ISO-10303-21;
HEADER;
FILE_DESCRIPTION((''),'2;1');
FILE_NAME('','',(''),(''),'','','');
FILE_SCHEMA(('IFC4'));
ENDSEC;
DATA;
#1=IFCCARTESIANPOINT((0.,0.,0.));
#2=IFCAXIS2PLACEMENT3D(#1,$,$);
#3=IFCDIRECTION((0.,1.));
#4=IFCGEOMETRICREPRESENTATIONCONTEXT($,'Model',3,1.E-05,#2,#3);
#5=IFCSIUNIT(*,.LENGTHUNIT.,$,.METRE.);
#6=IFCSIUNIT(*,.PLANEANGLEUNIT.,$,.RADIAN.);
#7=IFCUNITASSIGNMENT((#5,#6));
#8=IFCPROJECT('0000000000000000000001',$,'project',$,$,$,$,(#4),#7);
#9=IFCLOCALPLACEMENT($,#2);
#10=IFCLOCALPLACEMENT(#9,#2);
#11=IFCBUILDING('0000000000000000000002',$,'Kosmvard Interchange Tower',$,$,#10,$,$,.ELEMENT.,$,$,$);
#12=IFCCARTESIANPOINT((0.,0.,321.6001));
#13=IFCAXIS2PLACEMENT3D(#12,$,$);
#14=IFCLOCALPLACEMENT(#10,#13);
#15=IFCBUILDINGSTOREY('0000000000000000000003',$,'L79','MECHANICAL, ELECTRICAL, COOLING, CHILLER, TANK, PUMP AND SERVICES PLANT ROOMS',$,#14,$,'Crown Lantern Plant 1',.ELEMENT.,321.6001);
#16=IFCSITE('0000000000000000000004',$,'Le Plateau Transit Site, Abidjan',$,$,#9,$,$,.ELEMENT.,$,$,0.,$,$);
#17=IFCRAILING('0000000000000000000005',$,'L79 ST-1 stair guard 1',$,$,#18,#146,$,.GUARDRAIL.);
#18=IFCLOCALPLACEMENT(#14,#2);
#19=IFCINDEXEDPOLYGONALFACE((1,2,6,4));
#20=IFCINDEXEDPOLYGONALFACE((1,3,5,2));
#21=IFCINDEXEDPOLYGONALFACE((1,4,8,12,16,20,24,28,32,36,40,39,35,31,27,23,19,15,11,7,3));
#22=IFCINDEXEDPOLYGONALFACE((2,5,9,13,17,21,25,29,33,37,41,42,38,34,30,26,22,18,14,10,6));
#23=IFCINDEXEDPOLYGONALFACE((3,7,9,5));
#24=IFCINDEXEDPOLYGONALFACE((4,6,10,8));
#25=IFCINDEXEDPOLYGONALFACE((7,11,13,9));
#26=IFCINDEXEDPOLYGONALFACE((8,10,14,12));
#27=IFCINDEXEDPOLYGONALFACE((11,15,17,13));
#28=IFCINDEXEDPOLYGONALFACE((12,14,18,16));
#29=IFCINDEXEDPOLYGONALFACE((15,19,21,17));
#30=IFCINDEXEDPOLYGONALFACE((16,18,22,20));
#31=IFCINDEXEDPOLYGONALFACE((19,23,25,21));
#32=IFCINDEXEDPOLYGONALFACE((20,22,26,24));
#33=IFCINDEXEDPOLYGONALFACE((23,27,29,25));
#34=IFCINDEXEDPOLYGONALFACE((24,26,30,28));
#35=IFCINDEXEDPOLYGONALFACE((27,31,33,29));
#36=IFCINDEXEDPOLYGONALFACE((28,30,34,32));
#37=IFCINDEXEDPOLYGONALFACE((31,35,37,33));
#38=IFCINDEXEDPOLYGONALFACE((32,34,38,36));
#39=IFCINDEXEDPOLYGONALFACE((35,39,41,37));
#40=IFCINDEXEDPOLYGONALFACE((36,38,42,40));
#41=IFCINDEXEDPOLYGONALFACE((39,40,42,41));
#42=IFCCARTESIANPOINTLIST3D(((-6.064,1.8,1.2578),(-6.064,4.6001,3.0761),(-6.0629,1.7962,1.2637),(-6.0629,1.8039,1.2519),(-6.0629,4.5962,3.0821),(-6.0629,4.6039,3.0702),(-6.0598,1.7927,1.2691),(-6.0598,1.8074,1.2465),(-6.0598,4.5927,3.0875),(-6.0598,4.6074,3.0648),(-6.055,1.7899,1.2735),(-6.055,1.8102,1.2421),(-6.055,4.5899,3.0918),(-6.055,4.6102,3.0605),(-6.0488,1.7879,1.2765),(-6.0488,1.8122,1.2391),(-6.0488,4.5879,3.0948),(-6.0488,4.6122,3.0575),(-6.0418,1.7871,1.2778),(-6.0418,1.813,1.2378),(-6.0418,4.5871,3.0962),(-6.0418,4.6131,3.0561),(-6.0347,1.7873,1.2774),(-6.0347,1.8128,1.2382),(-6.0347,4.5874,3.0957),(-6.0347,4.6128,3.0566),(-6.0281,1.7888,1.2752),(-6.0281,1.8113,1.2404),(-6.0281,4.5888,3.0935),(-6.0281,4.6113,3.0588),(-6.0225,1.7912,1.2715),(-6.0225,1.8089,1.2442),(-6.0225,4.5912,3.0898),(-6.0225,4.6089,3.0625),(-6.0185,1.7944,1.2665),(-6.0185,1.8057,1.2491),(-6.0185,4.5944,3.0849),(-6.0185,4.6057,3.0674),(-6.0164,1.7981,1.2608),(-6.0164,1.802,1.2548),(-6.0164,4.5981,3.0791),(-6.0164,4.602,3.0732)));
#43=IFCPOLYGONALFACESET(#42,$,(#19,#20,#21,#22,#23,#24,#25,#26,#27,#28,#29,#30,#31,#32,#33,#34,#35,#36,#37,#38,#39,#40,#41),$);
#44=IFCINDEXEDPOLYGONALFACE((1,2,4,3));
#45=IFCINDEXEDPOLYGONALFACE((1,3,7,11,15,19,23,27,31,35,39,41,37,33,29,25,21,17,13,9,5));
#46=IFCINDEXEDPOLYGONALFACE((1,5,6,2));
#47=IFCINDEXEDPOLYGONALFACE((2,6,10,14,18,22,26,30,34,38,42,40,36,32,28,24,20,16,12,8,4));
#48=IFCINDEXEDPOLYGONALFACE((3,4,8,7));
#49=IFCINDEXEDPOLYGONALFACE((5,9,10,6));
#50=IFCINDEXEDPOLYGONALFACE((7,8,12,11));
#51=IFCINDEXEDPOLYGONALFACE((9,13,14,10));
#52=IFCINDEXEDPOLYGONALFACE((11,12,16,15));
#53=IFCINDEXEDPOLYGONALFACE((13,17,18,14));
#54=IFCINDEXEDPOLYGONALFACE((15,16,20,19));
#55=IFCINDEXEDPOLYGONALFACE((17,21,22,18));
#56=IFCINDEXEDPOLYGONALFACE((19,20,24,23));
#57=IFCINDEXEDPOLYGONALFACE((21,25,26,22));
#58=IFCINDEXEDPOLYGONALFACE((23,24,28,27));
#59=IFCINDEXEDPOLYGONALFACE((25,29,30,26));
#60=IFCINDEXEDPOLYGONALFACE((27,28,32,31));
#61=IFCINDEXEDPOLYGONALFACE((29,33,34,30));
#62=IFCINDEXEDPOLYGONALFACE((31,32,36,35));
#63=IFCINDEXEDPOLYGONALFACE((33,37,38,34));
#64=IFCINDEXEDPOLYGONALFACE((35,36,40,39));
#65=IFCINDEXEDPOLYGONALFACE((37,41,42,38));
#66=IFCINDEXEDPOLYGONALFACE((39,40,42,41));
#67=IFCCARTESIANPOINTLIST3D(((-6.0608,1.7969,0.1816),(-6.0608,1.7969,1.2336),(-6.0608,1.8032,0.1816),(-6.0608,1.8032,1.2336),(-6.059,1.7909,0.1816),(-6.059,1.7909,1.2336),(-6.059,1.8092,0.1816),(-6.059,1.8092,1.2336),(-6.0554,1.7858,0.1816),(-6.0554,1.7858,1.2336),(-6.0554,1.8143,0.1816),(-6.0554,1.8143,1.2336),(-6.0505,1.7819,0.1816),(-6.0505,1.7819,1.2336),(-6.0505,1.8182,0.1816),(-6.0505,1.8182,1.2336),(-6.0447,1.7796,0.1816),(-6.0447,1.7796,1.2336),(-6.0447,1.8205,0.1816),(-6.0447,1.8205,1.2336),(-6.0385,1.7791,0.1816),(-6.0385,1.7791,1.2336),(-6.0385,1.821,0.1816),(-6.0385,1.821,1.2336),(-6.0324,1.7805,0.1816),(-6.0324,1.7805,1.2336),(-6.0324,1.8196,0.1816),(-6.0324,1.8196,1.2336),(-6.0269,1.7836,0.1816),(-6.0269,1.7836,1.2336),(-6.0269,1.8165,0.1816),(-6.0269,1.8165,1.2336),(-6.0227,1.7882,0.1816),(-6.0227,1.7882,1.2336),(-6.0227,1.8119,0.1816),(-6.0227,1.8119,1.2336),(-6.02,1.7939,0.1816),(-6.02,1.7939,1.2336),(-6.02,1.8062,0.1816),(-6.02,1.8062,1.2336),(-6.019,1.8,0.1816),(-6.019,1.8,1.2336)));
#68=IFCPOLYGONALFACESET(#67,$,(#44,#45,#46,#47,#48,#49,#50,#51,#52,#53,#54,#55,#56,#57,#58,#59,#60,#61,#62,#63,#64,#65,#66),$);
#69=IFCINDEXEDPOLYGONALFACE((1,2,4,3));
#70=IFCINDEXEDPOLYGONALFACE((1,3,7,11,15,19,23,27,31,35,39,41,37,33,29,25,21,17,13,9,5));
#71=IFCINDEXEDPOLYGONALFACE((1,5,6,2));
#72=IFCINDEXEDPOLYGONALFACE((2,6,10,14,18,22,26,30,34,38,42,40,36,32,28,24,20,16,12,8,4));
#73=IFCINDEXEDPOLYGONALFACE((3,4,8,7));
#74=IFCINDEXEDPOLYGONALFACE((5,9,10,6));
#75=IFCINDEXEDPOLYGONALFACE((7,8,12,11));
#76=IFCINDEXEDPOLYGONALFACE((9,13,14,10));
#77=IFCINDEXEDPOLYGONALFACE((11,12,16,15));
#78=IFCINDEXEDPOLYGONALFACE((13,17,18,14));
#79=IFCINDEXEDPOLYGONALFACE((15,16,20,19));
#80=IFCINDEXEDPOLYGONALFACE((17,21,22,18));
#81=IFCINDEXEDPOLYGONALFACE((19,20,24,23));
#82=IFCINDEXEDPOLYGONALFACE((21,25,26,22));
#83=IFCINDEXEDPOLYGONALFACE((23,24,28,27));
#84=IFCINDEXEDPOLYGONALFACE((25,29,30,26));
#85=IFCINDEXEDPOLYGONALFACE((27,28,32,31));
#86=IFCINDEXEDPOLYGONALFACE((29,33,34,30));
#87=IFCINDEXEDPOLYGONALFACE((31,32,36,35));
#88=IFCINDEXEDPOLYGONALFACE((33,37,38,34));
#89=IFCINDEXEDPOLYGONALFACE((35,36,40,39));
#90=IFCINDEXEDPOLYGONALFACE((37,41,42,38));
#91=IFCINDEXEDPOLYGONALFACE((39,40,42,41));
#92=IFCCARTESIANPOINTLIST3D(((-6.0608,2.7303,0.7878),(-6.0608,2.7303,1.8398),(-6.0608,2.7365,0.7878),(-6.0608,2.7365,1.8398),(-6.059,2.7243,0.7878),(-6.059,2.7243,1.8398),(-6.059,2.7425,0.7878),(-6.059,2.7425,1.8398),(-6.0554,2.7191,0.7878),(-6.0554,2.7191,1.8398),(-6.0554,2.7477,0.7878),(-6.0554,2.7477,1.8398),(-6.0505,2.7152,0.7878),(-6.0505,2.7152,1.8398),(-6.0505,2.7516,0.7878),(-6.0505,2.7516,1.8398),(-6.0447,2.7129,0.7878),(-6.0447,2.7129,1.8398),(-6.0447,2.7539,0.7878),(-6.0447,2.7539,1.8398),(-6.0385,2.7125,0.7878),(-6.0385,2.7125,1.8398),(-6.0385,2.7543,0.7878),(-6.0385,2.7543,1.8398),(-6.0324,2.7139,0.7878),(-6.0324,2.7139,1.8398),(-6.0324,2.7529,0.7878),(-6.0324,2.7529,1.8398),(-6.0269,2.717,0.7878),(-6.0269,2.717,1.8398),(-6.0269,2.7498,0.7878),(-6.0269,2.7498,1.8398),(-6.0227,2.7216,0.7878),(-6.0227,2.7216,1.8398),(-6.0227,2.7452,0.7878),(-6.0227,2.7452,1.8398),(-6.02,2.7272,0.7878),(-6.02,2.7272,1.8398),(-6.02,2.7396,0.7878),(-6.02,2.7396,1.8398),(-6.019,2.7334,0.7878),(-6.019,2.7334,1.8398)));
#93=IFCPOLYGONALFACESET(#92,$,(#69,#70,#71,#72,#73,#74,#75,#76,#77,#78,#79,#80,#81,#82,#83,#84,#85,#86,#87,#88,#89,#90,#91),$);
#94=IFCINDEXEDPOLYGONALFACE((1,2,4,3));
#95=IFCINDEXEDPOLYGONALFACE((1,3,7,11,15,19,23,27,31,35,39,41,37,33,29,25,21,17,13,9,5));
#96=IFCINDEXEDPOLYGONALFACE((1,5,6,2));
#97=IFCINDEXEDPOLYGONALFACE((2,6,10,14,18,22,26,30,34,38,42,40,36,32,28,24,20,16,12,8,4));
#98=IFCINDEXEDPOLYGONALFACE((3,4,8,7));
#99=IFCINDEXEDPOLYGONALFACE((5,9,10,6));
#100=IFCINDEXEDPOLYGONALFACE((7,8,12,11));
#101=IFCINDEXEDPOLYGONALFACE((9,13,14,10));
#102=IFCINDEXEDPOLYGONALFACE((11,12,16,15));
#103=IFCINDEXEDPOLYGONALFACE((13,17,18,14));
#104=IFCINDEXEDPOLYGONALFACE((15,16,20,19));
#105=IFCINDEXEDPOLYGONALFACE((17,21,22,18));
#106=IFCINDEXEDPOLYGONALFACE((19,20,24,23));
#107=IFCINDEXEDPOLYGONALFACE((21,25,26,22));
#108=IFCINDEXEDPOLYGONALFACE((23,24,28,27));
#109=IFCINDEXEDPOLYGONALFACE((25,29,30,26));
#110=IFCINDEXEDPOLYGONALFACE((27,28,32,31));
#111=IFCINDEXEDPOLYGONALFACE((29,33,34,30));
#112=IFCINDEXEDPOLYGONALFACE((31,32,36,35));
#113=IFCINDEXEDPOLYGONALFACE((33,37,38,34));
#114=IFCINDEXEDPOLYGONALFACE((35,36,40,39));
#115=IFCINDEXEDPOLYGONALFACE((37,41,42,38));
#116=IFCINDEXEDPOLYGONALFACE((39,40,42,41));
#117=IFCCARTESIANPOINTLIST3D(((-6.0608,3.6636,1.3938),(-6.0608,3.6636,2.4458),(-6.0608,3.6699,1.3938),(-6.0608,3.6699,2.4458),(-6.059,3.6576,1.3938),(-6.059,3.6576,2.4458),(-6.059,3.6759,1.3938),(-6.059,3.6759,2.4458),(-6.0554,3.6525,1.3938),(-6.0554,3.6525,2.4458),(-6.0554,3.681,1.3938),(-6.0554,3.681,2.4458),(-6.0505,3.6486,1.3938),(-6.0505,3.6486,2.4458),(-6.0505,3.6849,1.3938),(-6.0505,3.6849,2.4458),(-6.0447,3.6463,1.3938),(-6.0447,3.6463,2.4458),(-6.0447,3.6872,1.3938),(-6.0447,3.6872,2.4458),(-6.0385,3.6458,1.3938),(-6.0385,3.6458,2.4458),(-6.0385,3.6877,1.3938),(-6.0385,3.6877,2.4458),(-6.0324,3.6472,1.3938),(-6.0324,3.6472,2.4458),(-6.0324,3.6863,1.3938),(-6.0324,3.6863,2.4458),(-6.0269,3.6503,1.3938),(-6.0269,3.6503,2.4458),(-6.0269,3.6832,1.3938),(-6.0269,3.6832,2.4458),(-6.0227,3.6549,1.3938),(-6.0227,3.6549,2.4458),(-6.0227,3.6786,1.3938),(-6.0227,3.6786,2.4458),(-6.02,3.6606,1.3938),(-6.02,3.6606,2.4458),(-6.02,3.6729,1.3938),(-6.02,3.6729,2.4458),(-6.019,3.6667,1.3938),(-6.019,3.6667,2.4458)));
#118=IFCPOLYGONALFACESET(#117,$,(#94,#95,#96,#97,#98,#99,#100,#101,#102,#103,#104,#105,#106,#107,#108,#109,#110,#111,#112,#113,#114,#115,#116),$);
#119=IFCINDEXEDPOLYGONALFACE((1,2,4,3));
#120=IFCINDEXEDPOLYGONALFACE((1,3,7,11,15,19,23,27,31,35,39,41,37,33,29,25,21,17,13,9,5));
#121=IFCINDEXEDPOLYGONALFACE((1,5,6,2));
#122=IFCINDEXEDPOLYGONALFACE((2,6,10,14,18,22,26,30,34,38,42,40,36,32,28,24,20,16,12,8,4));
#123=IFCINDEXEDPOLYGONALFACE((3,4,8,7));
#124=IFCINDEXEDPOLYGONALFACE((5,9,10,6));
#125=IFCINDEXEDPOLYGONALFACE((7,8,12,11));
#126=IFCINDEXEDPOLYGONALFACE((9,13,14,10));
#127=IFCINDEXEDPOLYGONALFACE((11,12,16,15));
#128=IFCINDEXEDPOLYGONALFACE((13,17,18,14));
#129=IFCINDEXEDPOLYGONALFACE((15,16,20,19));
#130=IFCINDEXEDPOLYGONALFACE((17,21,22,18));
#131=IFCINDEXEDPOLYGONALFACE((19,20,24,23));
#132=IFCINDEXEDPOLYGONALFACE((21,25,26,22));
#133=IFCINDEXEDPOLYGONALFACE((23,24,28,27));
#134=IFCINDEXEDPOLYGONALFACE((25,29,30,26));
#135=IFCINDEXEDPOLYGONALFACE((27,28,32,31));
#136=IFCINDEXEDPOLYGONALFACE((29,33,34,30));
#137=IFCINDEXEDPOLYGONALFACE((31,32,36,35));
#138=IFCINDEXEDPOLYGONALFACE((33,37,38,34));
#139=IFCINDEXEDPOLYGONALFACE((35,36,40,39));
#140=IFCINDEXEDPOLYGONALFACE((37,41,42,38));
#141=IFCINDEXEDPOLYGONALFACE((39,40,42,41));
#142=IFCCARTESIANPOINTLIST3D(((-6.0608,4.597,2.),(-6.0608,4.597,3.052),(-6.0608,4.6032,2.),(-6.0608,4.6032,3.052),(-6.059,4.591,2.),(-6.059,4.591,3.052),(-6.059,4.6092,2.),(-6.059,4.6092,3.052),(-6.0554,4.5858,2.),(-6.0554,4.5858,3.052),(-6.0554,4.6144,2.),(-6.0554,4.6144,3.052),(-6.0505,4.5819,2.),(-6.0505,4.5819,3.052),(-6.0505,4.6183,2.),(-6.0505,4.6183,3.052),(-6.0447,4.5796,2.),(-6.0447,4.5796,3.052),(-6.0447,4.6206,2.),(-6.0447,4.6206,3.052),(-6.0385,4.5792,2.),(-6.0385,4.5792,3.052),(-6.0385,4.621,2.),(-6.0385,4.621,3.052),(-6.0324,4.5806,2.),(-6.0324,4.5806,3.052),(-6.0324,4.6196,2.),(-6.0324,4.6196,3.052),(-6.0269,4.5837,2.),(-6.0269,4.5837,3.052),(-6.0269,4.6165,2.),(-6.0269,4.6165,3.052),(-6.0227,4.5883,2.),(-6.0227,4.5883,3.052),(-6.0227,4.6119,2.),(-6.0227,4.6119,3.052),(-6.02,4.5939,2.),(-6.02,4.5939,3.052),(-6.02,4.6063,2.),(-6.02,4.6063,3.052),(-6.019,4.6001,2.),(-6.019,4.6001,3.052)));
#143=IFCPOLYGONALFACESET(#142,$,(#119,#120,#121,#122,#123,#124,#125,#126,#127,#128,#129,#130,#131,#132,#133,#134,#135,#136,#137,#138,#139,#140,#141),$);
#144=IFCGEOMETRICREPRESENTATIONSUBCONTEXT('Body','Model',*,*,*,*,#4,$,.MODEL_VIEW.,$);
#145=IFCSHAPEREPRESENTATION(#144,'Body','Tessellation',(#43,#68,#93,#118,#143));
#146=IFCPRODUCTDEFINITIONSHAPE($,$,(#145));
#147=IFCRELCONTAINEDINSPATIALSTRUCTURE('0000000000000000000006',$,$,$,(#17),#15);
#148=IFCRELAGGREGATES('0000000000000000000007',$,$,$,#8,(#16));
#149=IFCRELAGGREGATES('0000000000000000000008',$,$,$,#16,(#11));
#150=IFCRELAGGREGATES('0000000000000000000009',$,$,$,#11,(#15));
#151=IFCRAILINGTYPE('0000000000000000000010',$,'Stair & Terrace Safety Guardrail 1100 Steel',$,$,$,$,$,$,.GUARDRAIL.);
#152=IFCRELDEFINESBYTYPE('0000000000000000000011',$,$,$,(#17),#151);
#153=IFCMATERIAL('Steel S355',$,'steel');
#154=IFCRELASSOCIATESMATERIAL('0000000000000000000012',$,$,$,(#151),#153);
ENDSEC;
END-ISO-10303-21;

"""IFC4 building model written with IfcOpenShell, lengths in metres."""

from ifc_helpers import new_model, si_unit, direction, frame, origin, origin_2d, place, context, subcontext, project, spatial, circle, extrude, source, transform, mapped, material, type_object, element, save


model = new_model("IFC4")

# Units and contexts
model_context = context("Model", 3, precision=1e-05, world=origin(), true_north=direction((0.0, 1.0)))
body_context = subcontext(model_context, "Body", "Model", "MODEL_VIEW")
ifc_project = project(units=[si_unit("LENGTHUNIT", "METRE"), si_unit("PLANEANGLEUNIT", "RADIAN")], contexts=[model_context])

# Site, building, storey
site_placement = place(None, origin())
site = spatial("IfcSite", under=ifc_project, at=site_placement, Name="Le Plateau Transit Site, Abidjan", CompositionType="ELEMENT", RefElevation=0.0)
building_placement = place(site_placement, origin())
building = spatial("IfcBuilding", under=site, at=building_placement, Name="Kosmvard Interchange Tower", CompositionType="ELEMENT")
storey_placement = place(building_placement, frame((0.0, 0.0, 321.6001)))
storey = spatial("IfcBuildingStorey", under=building, at=storey_placement, Name="L79", Description="MECHANICAL, ELECTRICAL, COOLING, CHILLER, TANK, PUMP AND SERVICES PLANT ROOMS", LongName="Crown Lantern Plant 1", CompositionType="ELEMENT", Elevation=321.6001)

# Shared definitions
ifc_material_1 = material(Name="Steel S355", Category="steel")

# Railing
railing_type_1 = type_object("IfcRailingType", Name="Stair & Terrace Safety Guardrail 1100 Steel", PredefinedType="GUARDRAIL", material=ifc_material_1)
shared_shape_1 = source(origin(), body_context, "Body", "SweptSolid", [
    extrude(circle(Radius=0.0239, at=origin_2d()), frame((0.0, 0.0, 1.0762), z_axis=(0.0, 0.838672, 0.544636), x_axis=(-1.0, 0.0, 0.0)), (0.0, 0.0, 1.0), 3.3386),
    extrude(circle(Radius=0.021, at=origin_2d()), origin(), (0.0, 0.0, 1.0), 1.052),
    extrude(circle(Radius=0.021, at=origin_2d()), frame((0.0, 0.9333, 0.6062)), (0.0, 0.0, 1.0), 1.052),
    extrude(circle(Radius=0.021, at=origin_2d()), frame((0.0, 1.8667, 1.2122)), (0.0, 0.0, 1.0), 1.052),
    extrude(circle(Radius=0.021, at=origin_2d()), frame((0.0, 2.8, 1.8184)), (0.0, 0.0, 1.0), 1.052),
])
railing_1_placement = place(storey_placement, frame((-6.04, 1.8, 0.1816)))
element("IfcRailing", 1, at=railing_1_placement, inside=storey, type_object=railing_type_1, Name="L79 ST-1 stair guard 1", PredefinedType="GUARDRAIL", context=body_context, shape_type="MappedRepresentation", body=[
    mapped(shared_shape_1, transform((0.0, 0.0, 0.0), scale=1.0)),
])

save(model, "model.ifc")
